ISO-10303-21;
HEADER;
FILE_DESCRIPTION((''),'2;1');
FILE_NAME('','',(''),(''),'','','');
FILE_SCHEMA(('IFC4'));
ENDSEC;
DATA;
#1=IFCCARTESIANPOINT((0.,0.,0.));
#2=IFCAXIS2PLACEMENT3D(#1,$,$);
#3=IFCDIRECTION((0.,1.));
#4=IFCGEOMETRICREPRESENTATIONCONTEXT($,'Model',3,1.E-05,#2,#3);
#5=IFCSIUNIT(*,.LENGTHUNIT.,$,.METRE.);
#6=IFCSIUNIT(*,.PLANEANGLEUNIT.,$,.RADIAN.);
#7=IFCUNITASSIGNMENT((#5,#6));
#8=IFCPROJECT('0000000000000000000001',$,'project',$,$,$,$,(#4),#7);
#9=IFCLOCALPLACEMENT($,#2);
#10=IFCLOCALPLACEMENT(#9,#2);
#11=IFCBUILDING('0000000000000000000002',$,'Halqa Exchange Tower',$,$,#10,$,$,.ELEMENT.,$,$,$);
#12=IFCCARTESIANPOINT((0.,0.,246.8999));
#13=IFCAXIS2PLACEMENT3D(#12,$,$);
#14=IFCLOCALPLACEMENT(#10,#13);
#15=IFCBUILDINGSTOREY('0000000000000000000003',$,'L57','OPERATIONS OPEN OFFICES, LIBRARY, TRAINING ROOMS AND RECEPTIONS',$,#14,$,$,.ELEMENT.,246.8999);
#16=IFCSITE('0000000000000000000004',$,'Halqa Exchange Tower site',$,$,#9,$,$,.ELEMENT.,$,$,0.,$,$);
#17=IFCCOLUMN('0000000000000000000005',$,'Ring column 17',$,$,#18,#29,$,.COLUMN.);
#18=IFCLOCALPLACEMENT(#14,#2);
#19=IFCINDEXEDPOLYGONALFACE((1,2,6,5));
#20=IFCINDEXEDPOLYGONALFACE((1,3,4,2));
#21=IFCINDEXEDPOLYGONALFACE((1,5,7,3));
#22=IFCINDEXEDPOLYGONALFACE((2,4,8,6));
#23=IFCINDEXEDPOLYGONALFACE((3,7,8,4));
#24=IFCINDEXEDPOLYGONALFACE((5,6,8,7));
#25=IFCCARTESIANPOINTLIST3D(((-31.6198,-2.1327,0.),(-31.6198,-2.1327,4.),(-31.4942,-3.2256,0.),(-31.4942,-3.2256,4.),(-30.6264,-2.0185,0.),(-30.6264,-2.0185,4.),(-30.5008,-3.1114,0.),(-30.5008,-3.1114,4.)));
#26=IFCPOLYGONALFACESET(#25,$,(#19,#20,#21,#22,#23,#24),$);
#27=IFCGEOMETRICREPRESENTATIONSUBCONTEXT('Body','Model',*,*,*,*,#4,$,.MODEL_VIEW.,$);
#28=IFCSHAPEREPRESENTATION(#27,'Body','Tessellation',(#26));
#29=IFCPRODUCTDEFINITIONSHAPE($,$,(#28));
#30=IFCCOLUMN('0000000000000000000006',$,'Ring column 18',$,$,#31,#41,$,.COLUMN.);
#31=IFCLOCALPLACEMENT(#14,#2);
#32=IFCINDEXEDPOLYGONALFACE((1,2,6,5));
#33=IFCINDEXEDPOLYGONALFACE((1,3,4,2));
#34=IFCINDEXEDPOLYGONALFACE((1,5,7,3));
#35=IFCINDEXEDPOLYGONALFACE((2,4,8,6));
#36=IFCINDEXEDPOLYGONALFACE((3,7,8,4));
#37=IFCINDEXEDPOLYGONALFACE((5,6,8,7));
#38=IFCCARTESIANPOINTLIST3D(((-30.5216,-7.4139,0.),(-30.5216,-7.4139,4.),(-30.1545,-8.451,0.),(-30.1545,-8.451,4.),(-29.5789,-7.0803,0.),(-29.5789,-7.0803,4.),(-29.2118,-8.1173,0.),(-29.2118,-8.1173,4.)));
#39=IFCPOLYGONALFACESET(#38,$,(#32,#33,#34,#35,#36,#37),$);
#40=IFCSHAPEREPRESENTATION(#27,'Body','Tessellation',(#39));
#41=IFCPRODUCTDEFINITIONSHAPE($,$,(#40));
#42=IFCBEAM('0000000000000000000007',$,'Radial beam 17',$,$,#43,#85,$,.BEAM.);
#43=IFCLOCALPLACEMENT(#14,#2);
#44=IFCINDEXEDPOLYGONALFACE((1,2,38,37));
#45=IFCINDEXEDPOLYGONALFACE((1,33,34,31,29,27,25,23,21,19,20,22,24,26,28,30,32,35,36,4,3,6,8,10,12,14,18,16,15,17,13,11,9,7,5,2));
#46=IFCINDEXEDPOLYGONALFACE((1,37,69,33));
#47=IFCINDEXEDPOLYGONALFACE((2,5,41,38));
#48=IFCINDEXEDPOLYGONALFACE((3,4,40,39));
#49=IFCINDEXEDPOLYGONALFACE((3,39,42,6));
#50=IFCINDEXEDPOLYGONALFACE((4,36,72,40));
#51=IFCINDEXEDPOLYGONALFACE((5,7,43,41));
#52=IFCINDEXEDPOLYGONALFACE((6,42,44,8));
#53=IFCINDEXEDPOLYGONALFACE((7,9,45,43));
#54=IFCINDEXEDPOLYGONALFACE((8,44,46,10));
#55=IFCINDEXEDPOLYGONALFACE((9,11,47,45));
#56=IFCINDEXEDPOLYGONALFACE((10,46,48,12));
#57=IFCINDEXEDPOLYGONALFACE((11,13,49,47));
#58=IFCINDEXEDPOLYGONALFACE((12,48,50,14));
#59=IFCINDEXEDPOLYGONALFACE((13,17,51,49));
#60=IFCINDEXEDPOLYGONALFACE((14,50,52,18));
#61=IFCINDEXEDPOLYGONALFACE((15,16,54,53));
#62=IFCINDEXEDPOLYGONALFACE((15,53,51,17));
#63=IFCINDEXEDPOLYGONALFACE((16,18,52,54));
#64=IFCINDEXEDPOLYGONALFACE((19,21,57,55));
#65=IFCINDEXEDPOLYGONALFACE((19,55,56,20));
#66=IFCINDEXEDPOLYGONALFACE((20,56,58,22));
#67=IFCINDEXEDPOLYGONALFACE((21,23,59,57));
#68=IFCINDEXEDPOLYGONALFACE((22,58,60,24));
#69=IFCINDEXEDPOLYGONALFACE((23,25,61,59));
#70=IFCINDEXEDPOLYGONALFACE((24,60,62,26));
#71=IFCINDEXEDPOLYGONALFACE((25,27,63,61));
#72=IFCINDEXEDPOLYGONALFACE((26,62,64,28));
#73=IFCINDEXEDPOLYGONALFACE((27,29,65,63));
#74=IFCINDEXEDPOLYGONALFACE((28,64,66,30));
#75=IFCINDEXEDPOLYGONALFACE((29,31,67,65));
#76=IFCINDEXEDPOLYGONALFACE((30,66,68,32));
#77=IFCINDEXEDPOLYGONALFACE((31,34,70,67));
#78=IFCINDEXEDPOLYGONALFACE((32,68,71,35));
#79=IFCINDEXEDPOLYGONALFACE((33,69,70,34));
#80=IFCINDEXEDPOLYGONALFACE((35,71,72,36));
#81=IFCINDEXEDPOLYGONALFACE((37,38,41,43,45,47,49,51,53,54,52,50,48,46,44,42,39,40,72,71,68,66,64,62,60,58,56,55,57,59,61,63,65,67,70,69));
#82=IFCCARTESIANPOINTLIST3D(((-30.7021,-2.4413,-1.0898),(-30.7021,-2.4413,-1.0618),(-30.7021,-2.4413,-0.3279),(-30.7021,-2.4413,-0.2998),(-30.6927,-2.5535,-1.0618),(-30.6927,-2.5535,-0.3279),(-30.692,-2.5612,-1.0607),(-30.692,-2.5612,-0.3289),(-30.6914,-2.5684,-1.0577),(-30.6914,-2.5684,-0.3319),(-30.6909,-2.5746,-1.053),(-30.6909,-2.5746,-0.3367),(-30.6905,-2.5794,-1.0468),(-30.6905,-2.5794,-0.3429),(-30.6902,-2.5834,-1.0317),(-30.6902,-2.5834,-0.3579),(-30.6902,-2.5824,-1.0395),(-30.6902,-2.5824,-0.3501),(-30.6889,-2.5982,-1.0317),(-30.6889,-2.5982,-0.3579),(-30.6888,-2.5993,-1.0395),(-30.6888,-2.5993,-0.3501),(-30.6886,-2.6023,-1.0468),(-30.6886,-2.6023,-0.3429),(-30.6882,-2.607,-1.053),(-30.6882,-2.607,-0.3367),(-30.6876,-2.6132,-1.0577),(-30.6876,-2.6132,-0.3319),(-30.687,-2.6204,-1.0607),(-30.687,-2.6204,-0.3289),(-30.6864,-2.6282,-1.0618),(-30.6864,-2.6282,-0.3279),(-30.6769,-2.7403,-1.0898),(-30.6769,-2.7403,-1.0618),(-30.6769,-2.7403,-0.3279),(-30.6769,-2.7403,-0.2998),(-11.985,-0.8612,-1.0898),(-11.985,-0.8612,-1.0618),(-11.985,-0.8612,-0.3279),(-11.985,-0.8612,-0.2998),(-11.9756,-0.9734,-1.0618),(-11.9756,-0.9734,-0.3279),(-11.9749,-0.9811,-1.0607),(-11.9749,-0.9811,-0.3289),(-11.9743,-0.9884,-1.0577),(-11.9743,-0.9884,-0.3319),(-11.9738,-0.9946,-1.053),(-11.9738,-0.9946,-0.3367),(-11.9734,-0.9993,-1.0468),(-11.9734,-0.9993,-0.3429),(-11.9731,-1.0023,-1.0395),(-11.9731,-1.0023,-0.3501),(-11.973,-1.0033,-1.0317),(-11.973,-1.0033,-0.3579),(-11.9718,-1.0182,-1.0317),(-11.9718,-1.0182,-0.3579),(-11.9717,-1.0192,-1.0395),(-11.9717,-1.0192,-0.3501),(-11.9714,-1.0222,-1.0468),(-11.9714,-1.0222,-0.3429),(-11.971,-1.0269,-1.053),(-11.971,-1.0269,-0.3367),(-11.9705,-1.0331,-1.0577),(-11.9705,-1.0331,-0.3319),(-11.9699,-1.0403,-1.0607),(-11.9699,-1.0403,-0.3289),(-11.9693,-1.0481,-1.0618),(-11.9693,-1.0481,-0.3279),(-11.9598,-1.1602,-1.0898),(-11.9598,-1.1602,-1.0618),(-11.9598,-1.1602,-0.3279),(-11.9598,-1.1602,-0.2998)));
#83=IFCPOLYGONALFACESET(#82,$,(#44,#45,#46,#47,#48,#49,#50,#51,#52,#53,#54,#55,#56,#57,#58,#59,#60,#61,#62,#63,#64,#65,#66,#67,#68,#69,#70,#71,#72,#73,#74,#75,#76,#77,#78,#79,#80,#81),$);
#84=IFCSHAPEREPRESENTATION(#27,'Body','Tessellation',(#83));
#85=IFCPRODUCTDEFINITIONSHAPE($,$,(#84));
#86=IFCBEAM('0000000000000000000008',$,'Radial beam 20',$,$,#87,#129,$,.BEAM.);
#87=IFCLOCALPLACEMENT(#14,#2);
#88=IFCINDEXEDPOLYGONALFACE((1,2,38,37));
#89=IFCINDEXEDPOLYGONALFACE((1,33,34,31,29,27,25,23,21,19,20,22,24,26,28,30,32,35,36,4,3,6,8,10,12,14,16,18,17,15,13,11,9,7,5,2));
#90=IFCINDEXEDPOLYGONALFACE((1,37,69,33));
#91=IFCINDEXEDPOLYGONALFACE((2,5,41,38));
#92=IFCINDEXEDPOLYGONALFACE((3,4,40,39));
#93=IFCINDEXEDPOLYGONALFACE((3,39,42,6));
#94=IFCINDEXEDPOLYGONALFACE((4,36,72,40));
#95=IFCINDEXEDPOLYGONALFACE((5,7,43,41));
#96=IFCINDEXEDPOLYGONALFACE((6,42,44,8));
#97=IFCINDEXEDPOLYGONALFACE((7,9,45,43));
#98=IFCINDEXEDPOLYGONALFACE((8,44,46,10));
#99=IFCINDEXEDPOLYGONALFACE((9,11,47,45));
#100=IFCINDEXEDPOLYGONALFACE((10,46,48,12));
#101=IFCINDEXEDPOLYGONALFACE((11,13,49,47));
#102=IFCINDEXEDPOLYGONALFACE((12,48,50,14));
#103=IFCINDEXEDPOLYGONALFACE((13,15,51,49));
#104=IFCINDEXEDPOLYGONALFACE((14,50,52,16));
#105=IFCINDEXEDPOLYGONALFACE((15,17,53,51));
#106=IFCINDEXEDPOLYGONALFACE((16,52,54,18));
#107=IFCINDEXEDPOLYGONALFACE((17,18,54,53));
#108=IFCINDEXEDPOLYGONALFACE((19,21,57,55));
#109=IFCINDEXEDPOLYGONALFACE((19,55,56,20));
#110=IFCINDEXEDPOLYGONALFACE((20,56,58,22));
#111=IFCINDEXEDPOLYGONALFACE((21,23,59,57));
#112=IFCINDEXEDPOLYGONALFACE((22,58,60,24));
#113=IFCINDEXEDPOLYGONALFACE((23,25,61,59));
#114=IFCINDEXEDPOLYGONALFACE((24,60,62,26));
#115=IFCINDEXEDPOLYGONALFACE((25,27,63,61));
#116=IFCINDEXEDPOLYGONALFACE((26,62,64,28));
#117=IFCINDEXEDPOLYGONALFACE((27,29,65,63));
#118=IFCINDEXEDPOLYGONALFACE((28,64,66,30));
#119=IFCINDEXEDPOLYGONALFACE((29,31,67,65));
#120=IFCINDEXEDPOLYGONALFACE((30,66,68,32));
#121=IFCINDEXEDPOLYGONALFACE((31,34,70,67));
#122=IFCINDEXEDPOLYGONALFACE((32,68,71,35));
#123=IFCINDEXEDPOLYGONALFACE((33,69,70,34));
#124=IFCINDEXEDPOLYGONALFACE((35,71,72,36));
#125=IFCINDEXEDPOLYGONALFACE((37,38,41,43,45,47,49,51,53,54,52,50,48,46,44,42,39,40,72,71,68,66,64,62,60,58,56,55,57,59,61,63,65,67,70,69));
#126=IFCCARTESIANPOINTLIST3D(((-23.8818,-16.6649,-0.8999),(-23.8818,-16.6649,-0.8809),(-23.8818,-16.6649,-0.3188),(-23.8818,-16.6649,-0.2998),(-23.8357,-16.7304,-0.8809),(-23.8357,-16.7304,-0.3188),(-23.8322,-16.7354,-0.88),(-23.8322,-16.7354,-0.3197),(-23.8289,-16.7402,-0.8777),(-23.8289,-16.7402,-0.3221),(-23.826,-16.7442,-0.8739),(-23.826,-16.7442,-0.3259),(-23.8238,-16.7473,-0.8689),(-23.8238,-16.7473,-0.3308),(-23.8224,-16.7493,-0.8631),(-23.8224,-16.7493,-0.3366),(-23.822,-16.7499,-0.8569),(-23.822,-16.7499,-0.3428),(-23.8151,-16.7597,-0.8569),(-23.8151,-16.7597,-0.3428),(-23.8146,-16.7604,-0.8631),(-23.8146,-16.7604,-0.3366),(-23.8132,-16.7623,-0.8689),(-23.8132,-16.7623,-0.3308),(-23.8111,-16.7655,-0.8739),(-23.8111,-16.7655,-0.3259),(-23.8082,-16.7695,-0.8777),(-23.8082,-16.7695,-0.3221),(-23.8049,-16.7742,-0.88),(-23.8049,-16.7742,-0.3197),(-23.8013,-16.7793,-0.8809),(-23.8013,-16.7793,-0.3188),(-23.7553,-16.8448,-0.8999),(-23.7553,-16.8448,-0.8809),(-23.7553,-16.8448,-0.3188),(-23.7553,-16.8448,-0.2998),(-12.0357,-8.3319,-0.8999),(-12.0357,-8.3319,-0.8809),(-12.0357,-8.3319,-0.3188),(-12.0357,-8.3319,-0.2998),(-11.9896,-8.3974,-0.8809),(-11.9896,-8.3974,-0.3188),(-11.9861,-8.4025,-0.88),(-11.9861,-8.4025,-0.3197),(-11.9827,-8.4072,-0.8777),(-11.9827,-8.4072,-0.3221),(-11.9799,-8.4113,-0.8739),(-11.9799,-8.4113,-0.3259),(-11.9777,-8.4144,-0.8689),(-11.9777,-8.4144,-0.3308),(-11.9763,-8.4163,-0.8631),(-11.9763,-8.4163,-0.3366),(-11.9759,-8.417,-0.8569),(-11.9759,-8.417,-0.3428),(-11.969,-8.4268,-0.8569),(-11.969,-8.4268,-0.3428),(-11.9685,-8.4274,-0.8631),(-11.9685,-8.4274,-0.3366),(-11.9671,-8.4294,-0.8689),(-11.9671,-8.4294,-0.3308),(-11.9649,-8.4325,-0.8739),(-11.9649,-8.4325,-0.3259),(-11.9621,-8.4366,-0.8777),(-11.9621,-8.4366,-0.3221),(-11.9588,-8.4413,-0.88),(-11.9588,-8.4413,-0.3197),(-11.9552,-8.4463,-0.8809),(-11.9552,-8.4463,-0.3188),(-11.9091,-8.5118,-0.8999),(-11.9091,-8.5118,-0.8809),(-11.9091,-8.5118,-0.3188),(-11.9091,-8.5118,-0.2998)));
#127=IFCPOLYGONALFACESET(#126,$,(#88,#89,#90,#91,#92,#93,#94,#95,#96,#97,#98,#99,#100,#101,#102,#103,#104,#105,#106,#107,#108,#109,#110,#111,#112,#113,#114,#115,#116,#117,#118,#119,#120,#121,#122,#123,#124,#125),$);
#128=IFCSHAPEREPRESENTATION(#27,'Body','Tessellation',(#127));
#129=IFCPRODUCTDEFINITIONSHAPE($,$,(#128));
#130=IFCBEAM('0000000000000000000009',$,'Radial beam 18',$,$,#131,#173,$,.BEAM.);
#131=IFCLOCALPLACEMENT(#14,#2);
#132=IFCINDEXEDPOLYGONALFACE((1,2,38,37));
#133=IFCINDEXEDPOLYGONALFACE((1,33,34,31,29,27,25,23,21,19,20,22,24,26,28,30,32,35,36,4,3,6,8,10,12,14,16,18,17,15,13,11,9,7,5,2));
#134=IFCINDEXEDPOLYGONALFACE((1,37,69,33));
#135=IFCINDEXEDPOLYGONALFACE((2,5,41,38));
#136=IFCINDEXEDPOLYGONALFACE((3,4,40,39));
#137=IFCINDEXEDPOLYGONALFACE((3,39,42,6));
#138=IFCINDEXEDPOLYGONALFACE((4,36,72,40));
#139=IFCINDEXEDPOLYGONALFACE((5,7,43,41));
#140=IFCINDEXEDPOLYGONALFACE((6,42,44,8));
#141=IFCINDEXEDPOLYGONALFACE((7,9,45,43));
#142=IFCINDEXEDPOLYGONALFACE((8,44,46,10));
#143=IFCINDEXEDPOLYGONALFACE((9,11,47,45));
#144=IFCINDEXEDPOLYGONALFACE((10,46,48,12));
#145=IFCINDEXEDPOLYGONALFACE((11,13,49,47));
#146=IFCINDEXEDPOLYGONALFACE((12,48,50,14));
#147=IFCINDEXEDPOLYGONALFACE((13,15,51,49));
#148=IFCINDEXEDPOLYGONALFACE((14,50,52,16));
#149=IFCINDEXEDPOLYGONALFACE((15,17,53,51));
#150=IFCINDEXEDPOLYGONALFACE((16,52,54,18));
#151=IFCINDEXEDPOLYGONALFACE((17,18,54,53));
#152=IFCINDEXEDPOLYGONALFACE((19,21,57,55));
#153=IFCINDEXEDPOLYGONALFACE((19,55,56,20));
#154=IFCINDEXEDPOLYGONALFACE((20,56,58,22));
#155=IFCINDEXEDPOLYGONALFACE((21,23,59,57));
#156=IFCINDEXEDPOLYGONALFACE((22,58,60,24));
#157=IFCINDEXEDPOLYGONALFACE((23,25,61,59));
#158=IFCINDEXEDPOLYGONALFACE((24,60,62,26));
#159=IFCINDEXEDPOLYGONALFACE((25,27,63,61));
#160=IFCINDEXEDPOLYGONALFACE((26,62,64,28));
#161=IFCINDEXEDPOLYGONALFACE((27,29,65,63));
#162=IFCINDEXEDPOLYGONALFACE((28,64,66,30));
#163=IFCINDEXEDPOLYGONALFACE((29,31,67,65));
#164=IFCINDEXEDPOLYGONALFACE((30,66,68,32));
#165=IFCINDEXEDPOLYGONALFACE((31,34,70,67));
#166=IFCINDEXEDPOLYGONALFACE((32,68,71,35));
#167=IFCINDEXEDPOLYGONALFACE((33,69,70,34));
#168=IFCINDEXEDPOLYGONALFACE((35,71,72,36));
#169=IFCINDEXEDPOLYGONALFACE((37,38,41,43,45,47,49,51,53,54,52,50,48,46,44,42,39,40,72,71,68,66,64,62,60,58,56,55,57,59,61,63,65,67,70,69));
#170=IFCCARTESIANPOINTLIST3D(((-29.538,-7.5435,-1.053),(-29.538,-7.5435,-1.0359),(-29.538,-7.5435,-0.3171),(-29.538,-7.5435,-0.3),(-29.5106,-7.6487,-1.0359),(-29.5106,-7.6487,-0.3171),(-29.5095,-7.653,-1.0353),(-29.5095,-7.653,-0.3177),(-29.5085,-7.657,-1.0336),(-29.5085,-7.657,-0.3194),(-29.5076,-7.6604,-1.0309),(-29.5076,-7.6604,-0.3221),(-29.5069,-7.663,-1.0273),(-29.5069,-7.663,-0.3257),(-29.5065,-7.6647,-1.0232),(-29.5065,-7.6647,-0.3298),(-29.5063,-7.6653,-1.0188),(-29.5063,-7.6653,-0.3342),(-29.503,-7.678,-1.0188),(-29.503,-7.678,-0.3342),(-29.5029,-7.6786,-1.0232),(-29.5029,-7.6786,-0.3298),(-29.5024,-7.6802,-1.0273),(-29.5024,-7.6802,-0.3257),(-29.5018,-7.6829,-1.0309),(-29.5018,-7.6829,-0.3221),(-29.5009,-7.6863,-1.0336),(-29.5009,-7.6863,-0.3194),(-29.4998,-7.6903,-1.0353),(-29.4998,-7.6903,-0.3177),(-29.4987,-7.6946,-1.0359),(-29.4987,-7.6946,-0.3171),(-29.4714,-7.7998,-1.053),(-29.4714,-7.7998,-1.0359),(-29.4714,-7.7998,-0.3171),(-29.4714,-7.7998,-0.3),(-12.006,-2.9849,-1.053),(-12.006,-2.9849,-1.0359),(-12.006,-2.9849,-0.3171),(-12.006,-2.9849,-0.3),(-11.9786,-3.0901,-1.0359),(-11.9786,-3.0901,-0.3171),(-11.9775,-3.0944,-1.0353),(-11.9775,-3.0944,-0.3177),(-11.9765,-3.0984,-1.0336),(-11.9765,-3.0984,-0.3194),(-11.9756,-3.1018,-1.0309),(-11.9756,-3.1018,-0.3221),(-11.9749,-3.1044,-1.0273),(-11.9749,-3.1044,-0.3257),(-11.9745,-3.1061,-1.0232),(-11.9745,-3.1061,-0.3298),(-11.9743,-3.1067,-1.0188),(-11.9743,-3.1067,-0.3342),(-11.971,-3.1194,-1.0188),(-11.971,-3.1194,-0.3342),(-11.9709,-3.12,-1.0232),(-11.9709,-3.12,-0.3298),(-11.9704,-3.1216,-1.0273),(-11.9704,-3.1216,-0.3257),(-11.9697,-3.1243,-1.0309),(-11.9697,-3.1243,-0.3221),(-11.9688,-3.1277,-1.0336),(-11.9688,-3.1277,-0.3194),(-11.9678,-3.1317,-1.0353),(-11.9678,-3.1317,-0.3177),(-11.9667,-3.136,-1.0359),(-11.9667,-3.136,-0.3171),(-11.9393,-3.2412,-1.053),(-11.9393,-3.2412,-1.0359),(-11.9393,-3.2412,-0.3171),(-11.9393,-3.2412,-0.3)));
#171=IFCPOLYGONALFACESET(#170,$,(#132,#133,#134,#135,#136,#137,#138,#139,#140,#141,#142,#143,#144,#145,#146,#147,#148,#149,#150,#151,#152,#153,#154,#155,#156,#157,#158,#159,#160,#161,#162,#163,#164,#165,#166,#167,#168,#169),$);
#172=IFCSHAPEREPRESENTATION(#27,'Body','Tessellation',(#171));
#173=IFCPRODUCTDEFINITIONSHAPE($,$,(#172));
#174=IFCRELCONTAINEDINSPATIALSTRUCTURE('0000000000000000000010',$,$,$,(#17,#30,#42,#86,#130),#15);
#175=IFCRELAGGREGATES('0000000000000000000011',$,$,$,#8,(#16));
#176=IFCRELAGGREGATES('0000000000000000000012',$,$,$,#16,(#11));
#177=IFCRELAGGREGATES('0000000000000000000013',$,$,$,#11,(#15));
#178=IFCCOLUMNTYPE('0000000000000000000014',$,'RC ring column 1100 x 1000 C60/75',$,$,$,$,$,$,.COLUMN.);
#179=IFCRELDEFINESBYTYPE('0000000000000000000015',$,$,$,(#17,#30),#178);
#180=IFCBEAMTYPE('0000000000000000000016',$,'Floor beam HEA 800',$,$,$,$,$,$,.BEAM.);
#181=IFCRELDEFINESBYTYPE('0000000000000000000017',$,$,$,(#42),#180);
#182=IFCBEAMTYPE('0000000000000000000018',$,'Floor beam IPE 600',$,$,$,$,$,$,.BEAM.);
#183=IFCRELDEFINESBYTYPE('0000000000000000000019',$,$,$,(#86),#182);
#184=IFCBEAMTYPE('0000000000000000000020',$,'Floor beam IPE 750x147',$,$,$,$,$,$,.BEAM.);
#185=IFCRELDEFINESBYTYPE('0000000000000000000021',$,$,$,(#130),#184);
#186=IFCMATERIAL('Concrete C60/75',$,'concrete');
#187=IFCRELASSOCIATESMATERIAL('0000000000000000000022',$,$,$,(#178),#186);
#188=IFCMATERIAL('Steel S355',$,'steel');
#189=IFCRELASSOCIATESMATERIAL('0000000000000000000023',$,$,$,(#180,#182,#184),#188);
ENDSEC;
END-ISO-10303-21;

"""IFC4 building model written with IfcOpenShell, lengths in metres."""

from ifc_helpers import new_model, si_unit, direction, frame, origin, origin_2d, place, context, subcontext, project, spatial, rectangle, i_section, extrude, material, material_profile, profile_set, type_object, element, save


model = new_model("IFC4")

# Units and contexts
model_context = context("Model", 3, precision=1e-05, world=origin(), true_north=direction((0.0, 1.0)))
body_context = subcontext(model_context, "Body", "Model", "MODEL_VIEW")
ifc_project = project(units=[si_unit("LENGTHUNIT", "METRE"), si_unit("PLANEANGLEUNIT", "RADIAN")], contexts=[model_context])

# Site, building, storey
site_placement = place(None, origin())
site = spatial("IfcSite", under=ifc_project, at=site_placement, Name="Halqa Exchange Tower site", CompositionType="ELEMENT", RefElevation=0.0)
building_placement = place(site_placement, origin())
building = spatial("IfcBuilding", under=site, at=building_placement, Name="Halqa Exchange Tower", CompositionType="ELEMENT")
storey_placement = place(building_placement, frame((0.0, 0.0, 246.8999)))
storey = spatial("IfcBuildingStorey", under=building, at=storey_placement, Name="L57", Description="OPERATIONS OPEN OFFICES, LIBRARY, TRAINING ROOMS AND RECEPTIONS", CompositionType="ELEMENT", Elevation=246.8999)

# Columns
ifc_material_1 = material(Name="Concrete C60/75", Category="concrete")
ifc_material_profile_1 = material_profile(ifc_material_1, rectangle(XDim=1.1001, YDim=1.0, at=origin_2d()), Name="1100 x 1000")
ifc_profile_set_1 = profile_set([ifc_material_profile_1], Name="Concrete C60/75")
column_type = type_object("IfcColumnType", Name="RC ring column 1100 x 1000 C60/75", PredefinedType="COLUMN", material=ifc_profile_set_1)
for number, where, z_axis, x_axis, name in (
    (1, (-31.0603, -2.6221, 0.0), (0.0, 0.0, 1.0), (0.114153, -0.993463, 0.0), "Ring column 17"),
    (2, (-29.8667, -7.7656, 0.0), (0.0, 0.0, 1.0), (0.333624, -0.942706, 0.0), "Ring column 18"),
):
    element("IfcColumn", number, at=place(storey_placement, frame(where, z_axis=z_axis, x_axis=x_axis)), inside=storey, type_object=column_type, Name=name, PredefinedType="COLUMN", context=body_context, shape_type="SweptSolid", body=[
        extrude(rectangle(XDim=1.1001, YDim=1.0, at=origin_2d()), origin(), (0.0, 0.0, 1.0), 4.0),
    ])

# Beams
ifc_material_2 = material(Name="Steel S355", Category="steel")
ifc_material_profile_2 = material_profile(ifc_material_2, i_section(OverallWidth=0.3, OverallDepth=0.79, WebThickness=0.0149, FlangeThickness=0.0281, FilletRadius=0.03, at=origin_2d()), Name="HEA 800")
ifc_profile_set_2 = profile_set([ifc_material_profile_2], Name="Steel S355")
beam_type_1 = type_object("IfcBeamType", Name="Floor beam HEA 800", PredefinedType="BEAM", material=ifc_profile_set_2)
beam_1_placement = place(storey_placement, frame((-11.9724, -1.0107, -0.6948), z_axis=(-0.996456, -0.08412, 0.0), x_axis=(0.08412, -0.996456, 0.0)))
element("IfcBeam", 3, at=beam_1_placement, inside=storey, type_object=beam_type_1, Name="Radial beam 17", PredefinedType="BEAM", context=body_context, shape_type="SweptSolid", body=[
    extrude(i_section(OverallWidth=0.3, OverallDepth=0.79, WebThickness=0.0149, FlangeThickness=0.0281, FilletRadius=0.03, at=origin_2d()), origin(), (0.0, 0.0, 1.0), 18.7837),
])
ifc_material_profile_3 = material_profile(ifc_material_2, i_section(OverallWidth=0.22, OverallDepth=0.6001, WebThickness=0.012, FlangeThickness=0.019, FilletRadius=0.0239, at=origin_2d()), Name="IPE 600")
ifc_profile_set_3 = profile_set([ifc_material_profile_3], Name="Steel S355")
beam_type_2 = type_object("IfcBeamType", Name="Floor beam IPE 600", PredefinedType="BEAM", material=ifc_profile_set_3)
beam_2_placement = place(storey_placement, frame((-11.9724, -8.4219, -0.5999), z_axis=(-0.81791, -0.575346, 0.0), x_axis=(0.575346, -0.81791, 0.0)))
element("IfcBeam", 4, at=beam_2_placement, inside=storey, type_object=beam_type_2, Name="Radial beam 20", PredefinedType="BEAM", context=body_context, shape_type="SweptSolid", body=[
    extrude(i_section(OverallWidth=0.22, OverallDepth=0.6001, WebThickness=0.012, FlangeThickness=0.019, FilletRadius=0.0239, at=origin_2d()), origin(), (0.0, 0.0, 1.0), 14.4834),
])
ifc_material_profile_4 = material_profile(ifc_material_2, i_section(OverallWidth=0.2649, OverallDepth=0.7529, WebThickness=0.0132, FlangeThickness=0.0171, FilletRadius=0.0171, at=origin_2d()), Name="IPE 750x147")
ifc_profile_set_4 = profile_set([ifc_material_profile_4], Name="Steel S355")
beam_type_3 = type_object("IfcBeamType", Name="Floor beam IPE 750x147", PredefinedType="BEAM", material=ifc_profile_set_4)
beam_3_placement = place(storey_placement, frame((-11.9727, -3.113, -0.6765), z_axis=(-0.967819, -0.251648, 0.0), x_axis=(0.251648, -0.967819, 0.0)))
element("IfcBeam", 5, at=beam_3_placement, inside=storey, type_object=beam_type_3, Name="Radial beam 18", PredefinedType="BEAM", context=body_context, shape_type="SweptSolid", body=[
    extrude(i_section(OverallWidth=0.2649, OverallDepth=0.7529, WebThickness=0.0132, FlangeThickness=0.0171, FilletRadius=0.0171, at=origin_2d()), origin(), (0.0, 0.0, 1.0), 18.115),
])

save(model, "model.ifc")
